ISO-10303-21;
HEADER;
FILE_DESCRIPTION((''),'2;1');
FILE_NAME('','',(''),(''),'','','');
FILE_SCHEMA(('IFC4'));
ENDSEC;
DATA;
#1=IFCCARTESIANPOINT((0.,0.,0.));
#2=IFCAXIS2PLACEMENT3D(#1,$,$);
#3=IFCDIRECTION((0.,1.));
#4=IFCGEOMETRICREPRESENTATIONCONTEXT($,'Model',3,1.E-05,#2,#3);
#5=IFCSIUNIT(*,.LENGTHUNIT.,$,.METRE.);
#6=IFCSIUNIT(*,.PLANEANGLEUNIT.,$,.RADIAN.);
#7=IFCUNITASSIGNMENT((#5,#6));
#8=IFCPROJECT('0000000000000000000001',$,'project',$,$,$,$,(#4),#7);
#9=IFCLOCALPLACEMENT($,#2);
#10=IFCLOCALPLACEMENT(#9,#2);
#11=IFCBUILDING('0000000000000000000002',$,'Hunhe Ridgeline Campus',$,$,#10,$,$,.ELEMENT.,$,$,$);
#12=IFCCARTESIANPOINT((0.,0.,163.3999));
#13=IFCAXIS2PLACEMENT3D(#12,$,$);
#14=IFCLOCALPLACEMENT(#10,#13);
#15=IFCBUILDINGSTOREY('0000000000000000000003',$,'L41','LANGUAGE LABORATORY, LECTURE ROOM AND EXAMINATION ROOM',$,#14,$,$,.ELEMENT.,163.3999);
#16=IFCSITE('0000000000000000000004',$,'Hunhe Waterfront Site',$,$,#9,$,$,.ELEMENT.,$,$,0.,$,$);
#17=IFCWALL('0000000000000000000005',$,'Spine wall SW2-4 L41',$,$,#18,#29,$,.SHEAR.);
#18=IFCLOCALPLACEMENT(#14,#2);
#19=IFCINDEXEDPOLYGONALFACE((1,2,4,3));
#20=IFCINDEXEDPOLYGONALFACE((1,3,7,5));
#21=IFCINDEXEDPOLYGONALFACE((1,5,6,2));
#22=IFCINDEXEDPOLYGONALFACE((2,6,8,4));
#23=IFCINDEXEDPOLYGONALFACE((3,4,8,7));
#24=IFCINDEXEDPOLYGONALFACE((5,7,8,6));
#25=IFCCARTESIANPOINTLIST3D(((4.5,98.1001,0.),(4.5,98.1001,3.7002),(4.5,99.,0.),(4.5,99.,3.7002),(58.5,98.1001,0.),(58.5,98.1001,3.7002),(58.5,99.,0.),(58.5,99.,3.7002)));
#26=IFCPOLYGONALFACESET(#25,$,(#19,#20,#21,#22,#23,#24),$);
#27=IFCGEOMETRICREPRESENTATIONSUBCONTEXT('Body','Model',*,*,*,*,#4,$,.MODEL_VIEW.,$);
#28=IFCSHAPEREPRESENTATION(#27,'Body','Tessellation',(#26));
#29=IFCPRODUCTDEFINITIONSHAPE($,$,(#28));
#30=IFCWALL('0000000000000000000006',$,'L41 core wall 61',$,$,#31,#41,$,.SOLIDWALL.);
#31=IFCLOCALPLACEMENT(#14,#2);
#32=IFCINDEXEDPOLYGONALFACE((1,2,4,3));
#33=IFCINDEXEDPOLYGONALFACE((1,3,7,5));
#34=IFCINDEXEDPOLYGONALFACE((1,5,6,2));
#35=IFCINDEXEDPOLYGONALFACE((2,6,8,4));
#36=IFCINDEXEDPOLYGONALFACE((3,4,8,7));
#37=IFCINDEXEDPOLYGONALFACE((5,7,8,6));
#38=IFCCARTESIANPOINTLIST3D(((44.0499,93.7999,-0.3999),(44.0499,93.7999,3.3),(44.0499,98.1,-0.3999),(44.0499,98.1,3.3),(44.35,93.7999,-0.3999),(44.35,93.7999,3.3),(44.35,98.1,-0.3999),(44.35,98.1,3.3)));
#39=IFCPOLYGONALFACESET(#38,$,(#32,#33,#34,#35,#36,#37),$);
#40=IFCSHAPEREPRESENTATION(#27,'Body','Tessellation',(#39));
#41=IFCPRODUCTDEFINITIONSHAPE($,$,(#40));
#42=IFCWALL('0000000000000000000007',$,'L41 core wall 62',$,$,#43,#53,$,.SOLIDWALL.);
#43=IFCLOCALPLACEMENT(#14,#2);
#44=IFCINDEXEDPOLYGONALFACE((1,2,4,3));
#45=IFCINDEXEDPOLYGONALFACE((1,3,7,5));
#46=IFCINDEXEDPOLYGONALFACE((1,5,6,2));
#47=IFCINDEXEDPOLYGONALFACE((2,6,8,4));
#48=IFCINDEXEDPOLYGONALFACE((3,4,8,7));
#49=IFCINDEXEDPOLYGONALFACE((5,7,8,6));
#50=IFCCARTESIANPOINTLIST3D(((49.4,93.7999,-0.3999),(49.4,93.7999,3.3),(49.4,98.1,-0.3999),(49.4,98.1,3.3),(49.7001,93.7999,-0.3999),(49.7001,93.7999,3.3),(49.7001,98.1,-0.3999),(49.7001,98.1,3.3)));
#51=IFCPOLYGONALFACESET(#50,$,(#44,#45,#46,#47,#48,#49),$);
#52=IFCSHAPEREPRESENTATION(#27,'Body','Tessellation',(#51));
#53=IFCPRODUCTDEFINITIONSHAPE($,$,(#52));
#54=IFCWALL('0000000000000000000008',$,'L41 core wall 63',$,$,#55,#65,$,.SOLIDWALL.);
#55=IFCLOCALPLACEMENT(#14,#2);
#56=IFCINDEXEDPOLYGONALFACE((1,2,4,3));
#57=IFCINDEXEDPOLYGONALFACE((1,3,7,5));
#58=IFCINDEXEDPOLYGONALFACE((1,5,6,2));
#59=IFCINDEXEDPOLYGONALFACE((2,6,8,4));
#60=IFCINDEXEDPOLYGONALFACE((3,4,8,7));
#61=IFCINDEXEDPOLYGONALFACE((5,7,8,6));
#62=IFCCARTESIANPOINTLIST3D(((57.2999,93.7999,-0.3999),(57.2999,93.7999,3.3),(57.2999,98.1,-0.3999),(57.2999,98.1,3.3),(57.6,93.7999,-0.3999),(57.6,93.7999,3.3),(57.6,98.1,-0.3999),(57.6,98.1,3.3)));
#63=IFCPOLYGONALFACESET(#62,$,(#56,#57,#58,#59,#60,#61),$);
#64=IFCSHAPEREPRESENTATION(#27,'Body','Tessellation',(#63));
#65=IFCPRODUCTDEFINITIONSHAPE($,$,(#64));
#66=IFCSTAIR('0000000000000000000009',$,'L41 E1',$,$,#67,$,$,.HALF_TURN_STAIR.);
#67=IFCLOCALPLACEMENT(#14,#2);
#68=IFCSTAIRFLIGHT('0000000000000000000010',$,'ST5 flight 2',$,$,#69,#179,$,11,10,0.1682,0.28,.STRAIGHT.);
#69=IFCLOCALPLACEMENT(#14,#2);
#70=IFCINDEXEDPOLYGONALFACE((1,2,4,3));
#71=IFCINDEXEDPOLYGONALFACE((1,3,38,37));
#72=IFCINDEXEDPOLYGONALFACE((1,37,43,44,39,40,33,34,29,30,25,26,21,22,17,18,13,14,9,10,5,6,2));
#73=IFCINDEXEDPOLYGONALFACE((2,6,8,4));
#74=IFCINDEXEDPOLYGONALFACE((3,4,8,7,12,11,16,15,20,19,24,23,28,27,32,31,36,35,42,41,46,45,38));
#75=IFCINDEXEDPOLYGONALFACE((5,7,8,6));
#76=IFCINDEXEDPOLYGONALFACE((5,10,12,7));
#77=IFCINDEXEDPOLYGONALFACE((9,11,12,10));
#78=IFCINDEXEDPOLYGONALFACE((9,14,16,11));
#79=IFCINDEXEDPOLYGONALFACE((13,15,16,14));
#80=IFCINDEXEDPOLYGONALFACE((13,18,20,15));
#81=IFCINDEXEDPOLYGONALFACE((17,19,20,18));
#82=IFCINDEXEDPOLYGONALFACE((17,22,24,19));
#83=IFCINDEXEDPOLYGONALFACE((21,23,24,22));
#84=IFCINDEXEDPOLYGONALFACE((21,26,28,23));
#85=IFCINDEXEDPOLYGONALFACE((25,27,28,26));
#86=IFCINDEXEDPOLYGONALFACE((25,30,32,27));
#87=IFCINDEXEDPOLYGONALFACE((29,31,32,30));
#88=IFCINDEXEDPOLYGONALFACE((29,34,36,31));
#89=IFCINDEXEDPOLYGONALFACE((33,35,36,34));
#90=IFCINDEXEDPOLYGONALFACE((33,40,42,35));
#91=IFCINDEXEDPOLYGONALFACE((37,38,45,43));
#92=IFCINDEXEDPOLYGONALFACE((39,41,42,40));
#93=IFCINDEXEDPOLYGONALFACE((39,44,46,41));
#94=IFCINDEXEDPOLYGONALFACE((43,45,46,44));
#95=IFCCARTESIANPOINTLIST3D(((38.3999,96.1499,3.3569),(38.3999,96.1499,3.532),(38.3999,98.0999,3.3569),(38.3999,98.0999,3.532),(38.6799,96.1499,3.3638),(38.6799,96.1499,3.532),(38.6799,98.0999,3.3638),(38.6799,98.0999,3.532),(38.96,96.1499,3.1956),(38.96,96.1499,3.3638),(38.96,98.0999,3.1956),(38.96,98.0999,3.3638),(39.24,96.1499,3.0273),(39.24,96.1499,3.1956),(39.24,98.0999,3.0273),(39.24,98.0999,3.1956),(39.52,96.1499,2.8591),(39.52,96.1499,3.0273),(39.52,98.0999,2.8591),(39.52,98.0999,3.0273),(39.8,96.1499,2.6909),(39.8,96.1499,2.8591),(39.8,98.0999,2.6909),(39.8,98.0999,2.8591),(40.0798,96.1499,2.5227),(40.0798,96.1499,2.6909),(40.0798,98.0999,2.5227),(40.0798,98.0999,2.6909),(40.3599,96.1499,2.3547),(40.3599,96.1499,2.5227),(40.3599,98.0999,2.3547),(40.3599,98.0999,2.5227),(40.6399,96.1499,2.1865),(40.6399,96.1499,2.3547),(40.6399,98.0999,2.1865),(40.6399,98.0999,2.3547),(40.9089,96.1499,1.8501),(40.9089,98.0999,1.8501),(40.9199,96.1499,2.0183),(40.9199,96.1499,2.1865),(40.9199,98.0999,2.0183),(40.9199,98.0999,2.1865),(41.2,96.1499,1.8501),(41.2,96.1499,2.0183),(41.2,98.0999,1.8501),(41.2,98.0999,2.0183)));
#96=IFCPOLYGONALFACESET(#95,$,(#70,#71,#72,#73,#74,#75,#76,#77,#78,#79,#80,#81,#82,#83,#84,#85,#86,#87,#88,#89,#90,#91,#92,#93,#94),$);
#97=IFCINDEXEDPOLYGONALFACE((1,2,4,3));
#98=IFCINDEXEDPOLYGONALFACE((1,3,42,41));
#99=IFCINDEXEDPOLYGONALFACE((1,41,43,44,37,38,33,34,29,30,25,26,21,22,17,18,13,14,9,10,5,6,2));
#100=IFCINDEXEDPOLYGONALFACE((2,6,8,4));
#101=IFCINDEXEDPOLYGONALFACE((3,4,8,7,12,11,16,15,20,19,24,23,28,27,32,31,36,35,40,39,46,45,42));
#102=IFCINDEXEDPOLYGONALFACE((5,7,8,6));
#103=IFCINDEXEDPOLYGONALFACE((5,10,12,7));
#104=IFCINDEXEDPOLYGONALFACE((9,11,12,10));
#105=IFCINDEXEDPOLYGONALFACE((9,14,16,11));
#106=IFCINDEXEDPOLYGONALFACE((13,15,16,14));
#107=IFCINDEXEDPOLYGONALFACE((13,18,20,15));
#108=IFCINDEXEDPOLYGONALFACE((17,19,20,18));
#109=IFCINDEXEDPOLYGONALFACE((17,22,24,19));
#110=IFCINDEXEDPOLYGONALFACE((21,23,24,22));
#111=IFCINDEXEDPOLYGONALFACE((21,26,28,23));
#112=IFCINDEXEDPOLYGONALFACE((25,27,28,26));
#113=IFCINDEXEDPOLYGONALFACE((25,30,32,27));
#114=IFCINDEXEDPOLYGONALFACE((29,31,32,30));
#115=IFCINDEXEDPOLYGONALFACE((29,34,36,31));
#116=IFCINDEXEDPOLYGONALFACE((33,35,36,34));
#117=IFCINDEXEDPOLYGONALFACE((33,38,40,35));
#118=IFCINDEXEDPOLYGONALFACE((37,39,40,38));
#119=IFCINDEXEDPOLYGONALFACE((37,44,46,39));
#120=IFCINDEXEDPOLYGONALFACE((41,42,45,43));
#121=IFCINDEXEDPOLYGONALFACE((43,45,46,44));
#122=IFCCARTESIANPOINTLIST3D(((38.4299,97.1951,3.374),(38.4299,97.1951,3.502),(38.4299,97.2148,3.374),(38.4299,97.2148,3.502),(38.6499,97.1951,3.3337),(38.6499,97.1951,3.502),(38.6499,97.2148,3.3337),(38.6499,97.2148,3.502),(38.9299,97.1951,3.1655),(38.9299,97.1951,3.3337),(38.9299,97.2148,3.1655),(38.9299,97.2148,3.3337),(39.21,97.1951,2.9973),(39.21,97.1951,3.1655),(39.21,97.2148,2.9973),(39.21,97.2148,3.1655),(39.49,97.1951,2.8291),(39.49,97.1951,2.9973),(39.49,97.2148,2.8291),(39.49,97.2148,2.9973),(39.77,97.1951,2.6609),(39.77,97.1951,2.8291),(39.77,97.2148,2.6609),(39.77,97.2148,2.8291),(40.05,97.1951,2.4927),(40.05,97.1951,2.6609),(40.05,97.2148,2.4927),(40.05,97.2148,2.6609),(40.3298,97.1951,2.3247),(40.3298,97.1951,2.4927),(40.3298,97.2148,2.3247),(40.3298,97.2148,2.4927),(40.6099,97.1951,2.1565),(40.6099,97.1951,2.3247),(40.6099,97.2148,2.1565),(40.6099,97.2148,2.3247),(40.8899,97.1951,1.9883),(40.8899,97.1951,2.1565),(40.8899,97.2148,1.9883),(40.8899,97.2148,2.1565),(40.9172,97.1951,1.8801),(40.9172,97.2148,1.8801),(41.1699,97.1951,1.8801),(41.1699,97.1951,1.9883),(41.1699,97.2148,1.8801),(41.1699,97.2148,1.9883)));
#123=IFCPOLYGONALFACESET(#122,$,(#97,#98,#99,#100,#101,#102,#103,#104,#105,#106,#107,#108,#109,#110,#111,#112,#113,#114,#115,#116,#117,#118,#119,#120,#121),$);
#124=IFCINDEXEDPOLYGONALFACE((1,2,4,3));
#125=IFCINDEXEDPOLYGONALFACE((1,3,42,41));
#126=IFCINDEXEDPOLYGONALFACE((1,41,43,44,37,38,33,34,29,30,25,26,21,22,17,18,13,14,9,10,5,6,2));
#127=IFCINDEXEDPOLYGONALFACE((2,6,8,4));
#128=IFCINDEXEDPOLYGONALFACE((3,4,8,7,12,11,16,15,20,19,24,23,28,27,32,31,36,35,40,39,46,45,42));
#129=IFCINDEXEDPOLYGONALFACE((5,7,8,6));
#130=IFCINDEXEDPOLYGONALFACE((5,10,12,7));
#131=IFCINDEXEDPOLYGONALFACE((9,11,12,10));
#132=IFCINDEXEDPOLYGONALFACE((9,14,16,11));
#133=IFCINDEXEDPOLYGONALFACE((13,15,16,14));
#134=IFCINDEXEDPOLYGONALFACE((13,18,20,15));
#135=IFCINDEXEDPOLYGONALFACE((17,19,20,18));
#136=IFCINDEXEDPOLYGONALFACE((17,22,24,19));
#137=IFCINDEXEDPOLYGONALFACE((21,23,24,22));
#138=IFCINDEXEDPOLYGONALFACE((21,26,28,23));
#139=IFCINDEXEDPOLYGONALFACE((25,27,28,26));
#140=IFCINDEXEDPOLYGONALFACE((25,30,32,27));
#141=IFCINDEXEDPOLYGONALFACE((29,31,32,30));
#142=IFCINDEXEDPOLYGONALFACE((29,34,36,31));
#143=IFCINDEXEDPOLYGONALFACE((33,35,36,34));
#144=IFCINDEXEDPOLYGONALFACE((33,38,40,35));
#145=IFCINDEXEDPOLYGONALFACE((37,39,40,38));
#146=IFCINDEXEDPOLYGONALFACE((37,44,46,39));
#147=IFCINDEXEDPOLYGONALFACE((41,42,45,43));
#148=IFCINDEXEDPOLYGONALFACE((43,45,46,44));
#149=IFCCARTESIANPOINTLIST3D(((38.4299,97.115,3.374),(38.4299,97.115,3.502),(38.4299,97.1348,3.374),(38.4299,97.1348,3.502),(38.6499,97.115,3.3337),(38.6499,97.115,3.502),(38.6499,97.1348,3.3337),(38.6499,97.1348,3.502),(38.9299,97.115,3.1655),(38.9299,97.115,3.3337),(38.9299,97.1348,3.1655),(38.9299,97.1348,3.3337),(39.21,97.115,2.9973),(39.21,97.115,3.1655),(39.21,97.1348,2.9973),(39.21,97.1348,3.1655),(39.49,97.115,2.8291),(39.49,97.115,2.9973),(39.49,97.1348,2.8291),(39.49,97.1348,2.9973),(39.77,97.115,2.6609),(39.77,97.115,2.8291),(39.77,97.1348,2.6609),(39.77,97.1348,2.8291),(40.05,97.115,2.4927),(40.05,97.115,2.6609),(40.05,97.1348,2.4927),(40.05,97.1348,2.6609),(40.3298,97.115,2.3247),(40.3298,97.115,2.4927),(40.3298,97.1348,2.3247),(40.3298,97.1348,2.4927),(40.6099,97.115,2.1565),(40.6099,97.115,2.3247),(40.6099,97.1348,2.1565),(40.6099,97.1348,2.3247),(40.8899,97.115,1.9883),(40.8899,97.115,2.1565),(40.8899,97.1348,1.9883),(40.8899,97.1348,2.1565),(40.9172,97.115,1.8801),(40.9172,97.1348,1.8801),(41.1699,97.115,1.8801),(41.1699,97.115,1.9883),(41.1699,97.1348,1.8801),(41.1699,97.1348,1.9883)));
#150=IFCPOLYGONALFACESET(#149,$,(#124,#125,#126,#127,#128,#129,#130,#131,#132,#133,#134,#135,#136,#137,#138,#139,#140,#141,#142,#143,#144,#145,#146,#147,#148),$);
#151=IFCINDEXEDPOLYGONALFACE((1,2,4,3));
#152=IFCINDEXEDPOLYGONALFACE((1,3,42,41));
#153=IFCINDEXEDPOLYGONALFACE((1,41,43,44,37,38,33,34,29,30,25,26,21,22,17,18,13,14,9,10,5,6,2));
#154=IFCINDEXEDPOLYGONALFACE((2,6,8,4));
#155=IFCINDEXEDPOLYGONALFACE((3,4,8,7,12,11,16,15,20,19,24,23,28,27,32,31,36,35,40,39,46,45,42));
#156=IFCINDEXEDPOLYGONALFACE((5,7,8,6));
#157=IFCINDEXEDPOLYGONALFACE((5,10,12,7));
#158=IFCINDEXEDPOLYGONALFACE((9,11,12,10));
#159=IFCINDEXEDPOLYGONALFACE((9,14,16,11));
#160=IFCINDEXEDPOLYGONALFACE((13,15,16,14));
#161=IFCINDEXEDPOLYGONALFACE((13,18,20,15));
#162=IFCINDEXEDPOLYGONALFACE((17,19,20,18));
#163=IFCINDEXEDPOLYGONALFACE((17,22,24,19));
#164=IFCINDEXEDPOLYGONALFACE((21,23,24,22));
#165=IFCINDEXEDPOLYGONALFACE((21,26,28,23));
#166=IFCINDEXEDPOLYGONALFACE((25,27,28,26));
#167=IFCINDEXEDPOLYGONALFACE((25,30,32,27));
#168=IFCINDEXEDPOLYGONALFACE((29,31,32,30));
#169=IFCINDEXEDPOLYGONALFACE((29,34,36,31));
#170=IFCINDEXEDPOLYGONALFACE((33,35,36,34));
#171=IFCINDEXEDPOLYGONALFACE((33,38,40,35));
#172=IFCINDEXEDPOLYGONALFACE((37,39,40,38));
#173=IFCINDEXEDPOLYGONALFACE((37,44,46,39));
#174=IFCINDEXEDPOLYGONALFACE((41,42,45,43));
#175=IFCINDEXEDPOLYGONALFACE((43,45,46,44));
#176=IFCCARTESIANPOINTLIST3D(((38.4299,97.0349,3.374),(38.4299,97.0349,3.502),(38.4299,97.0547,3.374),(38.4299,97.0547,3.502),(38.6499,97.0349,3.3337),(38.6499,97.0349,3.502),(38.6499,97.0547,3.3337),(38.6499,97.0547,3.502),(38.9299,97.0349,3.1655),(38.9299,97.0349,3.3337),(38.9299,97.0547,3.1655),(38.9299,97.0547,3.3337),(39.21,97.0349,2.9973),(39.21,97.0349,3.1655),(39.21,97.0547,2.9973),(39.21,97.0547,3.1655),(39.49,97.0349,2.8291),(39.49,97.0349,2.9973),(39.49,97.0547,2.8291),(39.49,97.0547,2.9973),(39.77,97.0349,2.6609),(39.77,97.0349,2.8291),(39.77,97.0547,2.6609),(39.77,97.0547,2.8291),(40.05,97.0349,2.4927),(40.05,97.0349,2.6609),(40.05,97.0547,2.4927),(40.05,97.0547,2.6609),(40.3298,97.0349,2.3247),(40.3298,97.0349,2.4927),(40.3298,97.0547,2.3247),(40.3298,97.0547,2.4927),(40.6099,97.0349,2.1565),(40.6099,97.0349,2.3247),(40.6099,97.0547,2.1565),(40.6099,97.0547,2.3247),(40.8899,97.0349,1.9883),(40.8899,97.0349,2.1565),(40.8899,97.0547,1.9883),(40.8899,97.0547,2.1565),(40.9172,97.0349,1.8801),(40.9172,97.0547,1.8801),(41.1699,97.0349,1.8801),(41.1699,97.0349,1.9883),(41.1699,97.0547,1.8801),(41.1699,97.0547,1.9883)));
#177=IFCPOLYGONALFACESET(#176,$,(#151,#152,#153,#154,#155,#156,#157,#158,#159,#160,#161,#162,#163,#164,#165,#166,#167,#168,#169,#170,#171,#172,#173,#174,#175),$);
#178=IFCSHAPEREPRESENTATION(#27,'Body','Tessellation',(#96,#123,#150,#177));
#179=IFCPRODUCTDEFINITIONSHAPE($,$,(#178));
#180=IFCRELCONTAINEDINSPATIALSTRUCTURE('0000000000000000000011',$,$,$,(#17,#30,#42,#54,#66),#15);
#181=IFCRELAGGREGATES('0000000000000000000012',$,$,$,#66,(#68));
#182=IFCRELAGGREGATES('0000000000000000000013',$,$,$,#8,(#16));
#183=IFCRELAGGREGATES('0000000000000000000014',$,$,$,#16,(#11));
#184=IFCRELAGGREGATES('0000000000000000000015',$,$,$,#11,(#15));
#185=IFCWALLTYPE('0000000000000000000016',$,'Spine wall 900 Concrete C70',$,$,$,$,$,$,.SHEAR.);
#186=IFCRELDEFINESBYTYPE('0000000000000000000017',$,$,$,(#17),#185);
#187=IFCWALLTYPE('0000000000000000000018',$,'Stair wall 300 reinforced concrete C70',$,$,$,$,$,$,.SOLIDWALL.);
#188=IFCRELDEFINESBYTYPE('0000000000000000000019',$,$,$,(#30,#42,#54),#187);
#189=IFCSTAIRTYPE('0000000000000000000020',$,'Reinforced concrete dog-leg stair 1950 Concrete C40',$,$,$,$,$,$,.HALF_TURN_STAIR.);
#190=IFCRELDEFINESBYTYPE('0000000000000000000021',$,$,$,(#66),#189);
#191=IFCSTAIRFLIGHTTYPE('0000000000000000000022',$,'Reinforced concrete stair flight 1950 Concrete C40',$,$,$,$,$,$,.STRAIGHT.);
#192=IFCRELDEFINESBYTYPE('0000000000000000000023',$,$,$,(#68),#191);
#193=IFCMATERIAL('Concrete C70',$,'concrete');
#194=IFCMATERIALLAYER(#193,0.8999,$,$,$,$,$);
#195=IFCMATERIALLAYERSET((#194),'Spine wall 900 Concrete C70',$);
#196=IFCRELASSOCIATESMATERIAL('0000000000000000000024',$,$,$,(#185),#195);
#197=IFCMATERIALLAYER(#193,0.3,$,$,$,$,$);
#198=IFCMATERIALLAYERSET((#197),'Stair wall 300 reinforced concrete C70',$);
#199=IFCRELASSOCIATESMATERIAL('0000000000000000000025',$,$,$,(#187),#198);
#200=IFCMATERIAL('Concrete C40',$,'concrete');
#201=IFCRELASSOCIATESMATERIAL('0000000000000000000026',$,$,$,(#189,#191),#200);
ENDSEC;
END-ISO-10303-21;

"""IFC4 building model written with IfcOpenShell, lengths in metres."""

from ifc_helpers import new_model, si_unit, direction, frame, frame_2d, origin, place, context, subcontext, project, spatial, polyline, rectangle, outline, extrude, material, layer, layer_set, type_object, element, aggregate, save


model = new_model("IFC4")

# Units and contexts
model_context = context("Model", 3, precision=1e-05, world=origin(), true_north=direction((0.0, 1.0)))
body_context = subcontext(model_context, "Body", "Model", "MODEL_VIEW")
ifc_project = project(units=[si_unit("LENGTHUNIT", "METRE"), si_unit("PLANEANGLEUNIT", "RADIAN")], contexts=[model_context])

# Site, building, storey
site_placement = place(None, origin())
site = spatial("IfcSite", under=ifc_project, at=site_placement, Name="Hunhe Waterfront Site", CompositionType="ELEMENT", RefElevation=0.0)
building_placement = place(site_placement, origin())
building = spatial("IfcBuilding", under=site, at=building_placement, Name="Hunhe Ridgeline Campus", CompositionType="ELEMENT")
storey_placement = place(building_placement, frame((0.0, 0.0, 163.3999)))
storey = spatial("IfcBuildingStorey", under=building, at=storey_placement, Name="L41", Description="LANGUAGE LABORATORY, LECTURE ROOM AND EXAMINATION ROOM", CompositionType="ELEMENT", Elevation=163.3999)

# Shared definitions
ifc_material_1 = material(Name="Concrete C70", Category="concrete")

# Wall
ifc_layer_1 = layer(ifc_material_1, 0.8999)
ifc_layer_set_1 = layer_set([ifc_layer_1], Name="Spine wall 900 Concrete C70")
wall_type_1 = type_object("IfcWallType", Name="Spine wall 900 Concrete C70", PredefinedType="SHEAR", material=ifc_layer_set_1)
wall_1_placement = place(storey_placement, frame((58.5, 98.55, 0.0), z_axis=(0.0, 0.0, 1.0), x_axis=(-1.0, 0.0, 0.0)))
element("IfcWall", 1, at=wall_1_placement, inside=storey, type_object=wall_type_1, Name="Spine wall SW2-4 L41", PredefinedType="SHEAR", context=body_context, shape_type="SweptSolid", body=[
    extrude(rectangle(XDim=54.0, YDim=0.8999, at=frame_2d((27.0, 0.0))), origin(), (0.0, 0.0, 1.0), 3.7002),
])

# Shared definitions
ifc_layer_2 = layer(ifc_material_1, 0.3)
ifc_layer_set_2 = layer_set([ifc_layer_2], Name="Stair wall 300 reinforced concrete C70")
wall_type_2 = type_object("IfcWallType", Name="Stair wall 300 reinforced concrete C70", PredefinedType="SOLIDWALL", material=ifc_layer_set_2)

# Walls
for number, where, z_axis, x_axis, name in (
    (2, (44.2, 93.8, -0.3999), (0.0, 0.0, 1.0), (0.0, 1.0, 0.0), "L41 core wall 61"),
    (3, (49.55, 93.8, -0.3999), (0.0, 0.0, 1.0), (0.0, 1.0, 0.0), "L41 core wall 62"),
    (4, (57.45, 93.8, -0.3999), (0.0, 0.0, 1.0), (0.0, 1.0, 0.0), "L41 core wall 63"),
):
    element("IfcWall", number, at=place(storey_placement, frame(where, z_axis=z_axis, x_axis=x_axis)), inside=storey, type_object=wall_type_2, Name=name, PredefinedType="SOLIDWALL", context=body_context, shape_type="SweptSolid", body=[
        extrude(rectangle(XDim=4.3, YDim=0.3, at=frame_2d((2.1499, 0.0))), origin(), (0.0, 0.0, 1.0), 3.7),
    ])

# Stair, stair flight
ifc_material_2 = material(Name="Concrete C40", Category="concrete")
stair_type = type_object("IfcStairType", Name="Reinforced concrete dog-leg stair 1950 Concrete C40", PredefinedType="HALF_TURN_STAIR", material=ifc_material_2)
stair_1_placement = place(storey_placement, origin())
stair_1 = element("IfcStair", 5, at=stair_1_placement, inside=storey, type_object=stair_type, Name="L41 E1", PredefinedType="HALF_TURN_STAIR")
stair_flight_type = type_object("IfcStairFlightType", Name="Reinforced concrete stair flight 1950 Concrete C40", PredefinedType="STRAIGHT", material=ifc_material_2)
stair_flight_1_placement = place(storey_placement, frame((41.2, 97.125, 1.8501), z_axis=(0.0, 0.0, 1.0), x_axis=(-1.0, 0.0, 0.0)))
stair_flight_1 = element("IfcStairFlight", 6, at=stair_flight_1_placement, type_object=stair_flight_type, Name="ST5 flight 2", NumberOfRisers=11, NumberOfTreads=10, PredefinedType="STRAIGHT", RiserHeight=0.1682, TreadLength=0.28, context=body_context, shape_type="SweptSolid", body=[
    extrude(outline(polyline([(0.0, 0.0), (0.0, 0.1682), (0.28, 0.1682), (0.28, 0.3364), (0.5601, 0.3364), (0.5601, 0.5046), (0.8401, 0.5046), (0.8401, 0.6726), (1.1201, 0.6726), (1.1201, 0.8408), (1.3999, 0.8408), (1.3999, 1.009), (1.6799, 1.009), (1.6799, 1.1772), (1.96, 1.1772), (1.96, 1.3455), (2.24, 1.3455), (2.24, 1.5137), (2.52, 1.5137), (2.52, 1.6819), (2.8, 1.6819), (2.8, 1.8501), (2.8, 1.5068), (0.291, 0.0), (0.0, 0.0)])), frame((0.0, 0.9751, 0.0), z_axis=(0.0, -1.0, 0.0), x_axis=(1.0, 0.0, 0.0)), (0.0, 0.0, 1.0), 1.95),
    extrude(outline(polyline([(0.03, 0.03), (0.03, 0.1382), (0.3101, 0.1382), (0.3101, 0.3064), (0.5901, 0.3064), (0.5901, 0.4746), (0.8701, 0.4746), (0.8701, 0.6426), (1.1499, 0.6426), (1.1499, 0.8108), (1.4299, 0.8108), (1.4299, 0.979), (1.71, 0.979), (1.71, 1.1472), (1.99, 1.1472), (1.99, 1.3154), (2.27, 1.3154), (2.27, 1.4836), (2.55, 1.4836), (2.55, 1.6519), (2.77, 1.6519), (2.77, 1.5239), (0.2827, 0.03), (0.03, 0.03)])), frame((0.0, -0.0701, 0.0), z_axis=(0.0, -1.0, 0.0), x_axis=(1.0, 0.0, 0.0)), (0.0, 0.0, 1.0), 0.0198),
    extrude(outline(polyline([(0.03, 0.03), (0.03, 0.1382), (0.3101, 0.1382), (0.3101, 0.3064), (0.5901, 0.3064), (0.5901, 0.4746), (0.8701, 0.4746), (0.8701, 0.6426), (1.1499, 0.6426), (1.1499, 0.8108), (1.4299, 0.8108), (1.4299, 0.979), (1.71, 0.979), (1.71, 1.1472), (1.99, 1.1472), (1.99, 1.3154), (2.27, 1.3154), (2.27, 1.4836), (2.55, 1.4836), (2.55, 1.6519), (2.77, 1.6519), (2.77, 1.5239), (0.2827, 0.03), (0.03, 0.03)])), frame((0.0, 0.01, 0.0), z_axis=(0.0, -1.0, 0.0), x_axis=(1.0, 0.0, 0.0)), (0.0, 0.0, 1.0), 0.0198),
    extrude(outline(polyline([(0.03, 0.03), (0.03, 0.1382), (0.3101, 0.1382), (0.3101, 0.3064), (0.5901, 0.3064), (0.5901, 0.4746), (0.8701, 0.4746), (0.8701, 0.6426), (1.1499, 0.6426), (1.1499, 0.8108), (1.4299, 0.8108), (1.4299, 0.979), (1.71, 0.979), (1.71, 1.1472), (1.99, 1.1472), (1.99, 1.3154), (2.27, 1.3154), (2.27, 1.4836), (2.55, 1.4836), (2.55, 1.6519), (2.77, 1.6519), (2.77, 1.5239), (0.2827, 0.03), (0.03, 0.03)])), frame((0.0, 0.0901, 0.0), z_axis=(0.0, -1.0, 0.0), x_axis=(1.0, 0.0, 0.0)), (0.0, 0.0, 1.0), 0.0198),
])
aggregate(stair_1, [stair_flight_1])

save(model, "model.ifc")
